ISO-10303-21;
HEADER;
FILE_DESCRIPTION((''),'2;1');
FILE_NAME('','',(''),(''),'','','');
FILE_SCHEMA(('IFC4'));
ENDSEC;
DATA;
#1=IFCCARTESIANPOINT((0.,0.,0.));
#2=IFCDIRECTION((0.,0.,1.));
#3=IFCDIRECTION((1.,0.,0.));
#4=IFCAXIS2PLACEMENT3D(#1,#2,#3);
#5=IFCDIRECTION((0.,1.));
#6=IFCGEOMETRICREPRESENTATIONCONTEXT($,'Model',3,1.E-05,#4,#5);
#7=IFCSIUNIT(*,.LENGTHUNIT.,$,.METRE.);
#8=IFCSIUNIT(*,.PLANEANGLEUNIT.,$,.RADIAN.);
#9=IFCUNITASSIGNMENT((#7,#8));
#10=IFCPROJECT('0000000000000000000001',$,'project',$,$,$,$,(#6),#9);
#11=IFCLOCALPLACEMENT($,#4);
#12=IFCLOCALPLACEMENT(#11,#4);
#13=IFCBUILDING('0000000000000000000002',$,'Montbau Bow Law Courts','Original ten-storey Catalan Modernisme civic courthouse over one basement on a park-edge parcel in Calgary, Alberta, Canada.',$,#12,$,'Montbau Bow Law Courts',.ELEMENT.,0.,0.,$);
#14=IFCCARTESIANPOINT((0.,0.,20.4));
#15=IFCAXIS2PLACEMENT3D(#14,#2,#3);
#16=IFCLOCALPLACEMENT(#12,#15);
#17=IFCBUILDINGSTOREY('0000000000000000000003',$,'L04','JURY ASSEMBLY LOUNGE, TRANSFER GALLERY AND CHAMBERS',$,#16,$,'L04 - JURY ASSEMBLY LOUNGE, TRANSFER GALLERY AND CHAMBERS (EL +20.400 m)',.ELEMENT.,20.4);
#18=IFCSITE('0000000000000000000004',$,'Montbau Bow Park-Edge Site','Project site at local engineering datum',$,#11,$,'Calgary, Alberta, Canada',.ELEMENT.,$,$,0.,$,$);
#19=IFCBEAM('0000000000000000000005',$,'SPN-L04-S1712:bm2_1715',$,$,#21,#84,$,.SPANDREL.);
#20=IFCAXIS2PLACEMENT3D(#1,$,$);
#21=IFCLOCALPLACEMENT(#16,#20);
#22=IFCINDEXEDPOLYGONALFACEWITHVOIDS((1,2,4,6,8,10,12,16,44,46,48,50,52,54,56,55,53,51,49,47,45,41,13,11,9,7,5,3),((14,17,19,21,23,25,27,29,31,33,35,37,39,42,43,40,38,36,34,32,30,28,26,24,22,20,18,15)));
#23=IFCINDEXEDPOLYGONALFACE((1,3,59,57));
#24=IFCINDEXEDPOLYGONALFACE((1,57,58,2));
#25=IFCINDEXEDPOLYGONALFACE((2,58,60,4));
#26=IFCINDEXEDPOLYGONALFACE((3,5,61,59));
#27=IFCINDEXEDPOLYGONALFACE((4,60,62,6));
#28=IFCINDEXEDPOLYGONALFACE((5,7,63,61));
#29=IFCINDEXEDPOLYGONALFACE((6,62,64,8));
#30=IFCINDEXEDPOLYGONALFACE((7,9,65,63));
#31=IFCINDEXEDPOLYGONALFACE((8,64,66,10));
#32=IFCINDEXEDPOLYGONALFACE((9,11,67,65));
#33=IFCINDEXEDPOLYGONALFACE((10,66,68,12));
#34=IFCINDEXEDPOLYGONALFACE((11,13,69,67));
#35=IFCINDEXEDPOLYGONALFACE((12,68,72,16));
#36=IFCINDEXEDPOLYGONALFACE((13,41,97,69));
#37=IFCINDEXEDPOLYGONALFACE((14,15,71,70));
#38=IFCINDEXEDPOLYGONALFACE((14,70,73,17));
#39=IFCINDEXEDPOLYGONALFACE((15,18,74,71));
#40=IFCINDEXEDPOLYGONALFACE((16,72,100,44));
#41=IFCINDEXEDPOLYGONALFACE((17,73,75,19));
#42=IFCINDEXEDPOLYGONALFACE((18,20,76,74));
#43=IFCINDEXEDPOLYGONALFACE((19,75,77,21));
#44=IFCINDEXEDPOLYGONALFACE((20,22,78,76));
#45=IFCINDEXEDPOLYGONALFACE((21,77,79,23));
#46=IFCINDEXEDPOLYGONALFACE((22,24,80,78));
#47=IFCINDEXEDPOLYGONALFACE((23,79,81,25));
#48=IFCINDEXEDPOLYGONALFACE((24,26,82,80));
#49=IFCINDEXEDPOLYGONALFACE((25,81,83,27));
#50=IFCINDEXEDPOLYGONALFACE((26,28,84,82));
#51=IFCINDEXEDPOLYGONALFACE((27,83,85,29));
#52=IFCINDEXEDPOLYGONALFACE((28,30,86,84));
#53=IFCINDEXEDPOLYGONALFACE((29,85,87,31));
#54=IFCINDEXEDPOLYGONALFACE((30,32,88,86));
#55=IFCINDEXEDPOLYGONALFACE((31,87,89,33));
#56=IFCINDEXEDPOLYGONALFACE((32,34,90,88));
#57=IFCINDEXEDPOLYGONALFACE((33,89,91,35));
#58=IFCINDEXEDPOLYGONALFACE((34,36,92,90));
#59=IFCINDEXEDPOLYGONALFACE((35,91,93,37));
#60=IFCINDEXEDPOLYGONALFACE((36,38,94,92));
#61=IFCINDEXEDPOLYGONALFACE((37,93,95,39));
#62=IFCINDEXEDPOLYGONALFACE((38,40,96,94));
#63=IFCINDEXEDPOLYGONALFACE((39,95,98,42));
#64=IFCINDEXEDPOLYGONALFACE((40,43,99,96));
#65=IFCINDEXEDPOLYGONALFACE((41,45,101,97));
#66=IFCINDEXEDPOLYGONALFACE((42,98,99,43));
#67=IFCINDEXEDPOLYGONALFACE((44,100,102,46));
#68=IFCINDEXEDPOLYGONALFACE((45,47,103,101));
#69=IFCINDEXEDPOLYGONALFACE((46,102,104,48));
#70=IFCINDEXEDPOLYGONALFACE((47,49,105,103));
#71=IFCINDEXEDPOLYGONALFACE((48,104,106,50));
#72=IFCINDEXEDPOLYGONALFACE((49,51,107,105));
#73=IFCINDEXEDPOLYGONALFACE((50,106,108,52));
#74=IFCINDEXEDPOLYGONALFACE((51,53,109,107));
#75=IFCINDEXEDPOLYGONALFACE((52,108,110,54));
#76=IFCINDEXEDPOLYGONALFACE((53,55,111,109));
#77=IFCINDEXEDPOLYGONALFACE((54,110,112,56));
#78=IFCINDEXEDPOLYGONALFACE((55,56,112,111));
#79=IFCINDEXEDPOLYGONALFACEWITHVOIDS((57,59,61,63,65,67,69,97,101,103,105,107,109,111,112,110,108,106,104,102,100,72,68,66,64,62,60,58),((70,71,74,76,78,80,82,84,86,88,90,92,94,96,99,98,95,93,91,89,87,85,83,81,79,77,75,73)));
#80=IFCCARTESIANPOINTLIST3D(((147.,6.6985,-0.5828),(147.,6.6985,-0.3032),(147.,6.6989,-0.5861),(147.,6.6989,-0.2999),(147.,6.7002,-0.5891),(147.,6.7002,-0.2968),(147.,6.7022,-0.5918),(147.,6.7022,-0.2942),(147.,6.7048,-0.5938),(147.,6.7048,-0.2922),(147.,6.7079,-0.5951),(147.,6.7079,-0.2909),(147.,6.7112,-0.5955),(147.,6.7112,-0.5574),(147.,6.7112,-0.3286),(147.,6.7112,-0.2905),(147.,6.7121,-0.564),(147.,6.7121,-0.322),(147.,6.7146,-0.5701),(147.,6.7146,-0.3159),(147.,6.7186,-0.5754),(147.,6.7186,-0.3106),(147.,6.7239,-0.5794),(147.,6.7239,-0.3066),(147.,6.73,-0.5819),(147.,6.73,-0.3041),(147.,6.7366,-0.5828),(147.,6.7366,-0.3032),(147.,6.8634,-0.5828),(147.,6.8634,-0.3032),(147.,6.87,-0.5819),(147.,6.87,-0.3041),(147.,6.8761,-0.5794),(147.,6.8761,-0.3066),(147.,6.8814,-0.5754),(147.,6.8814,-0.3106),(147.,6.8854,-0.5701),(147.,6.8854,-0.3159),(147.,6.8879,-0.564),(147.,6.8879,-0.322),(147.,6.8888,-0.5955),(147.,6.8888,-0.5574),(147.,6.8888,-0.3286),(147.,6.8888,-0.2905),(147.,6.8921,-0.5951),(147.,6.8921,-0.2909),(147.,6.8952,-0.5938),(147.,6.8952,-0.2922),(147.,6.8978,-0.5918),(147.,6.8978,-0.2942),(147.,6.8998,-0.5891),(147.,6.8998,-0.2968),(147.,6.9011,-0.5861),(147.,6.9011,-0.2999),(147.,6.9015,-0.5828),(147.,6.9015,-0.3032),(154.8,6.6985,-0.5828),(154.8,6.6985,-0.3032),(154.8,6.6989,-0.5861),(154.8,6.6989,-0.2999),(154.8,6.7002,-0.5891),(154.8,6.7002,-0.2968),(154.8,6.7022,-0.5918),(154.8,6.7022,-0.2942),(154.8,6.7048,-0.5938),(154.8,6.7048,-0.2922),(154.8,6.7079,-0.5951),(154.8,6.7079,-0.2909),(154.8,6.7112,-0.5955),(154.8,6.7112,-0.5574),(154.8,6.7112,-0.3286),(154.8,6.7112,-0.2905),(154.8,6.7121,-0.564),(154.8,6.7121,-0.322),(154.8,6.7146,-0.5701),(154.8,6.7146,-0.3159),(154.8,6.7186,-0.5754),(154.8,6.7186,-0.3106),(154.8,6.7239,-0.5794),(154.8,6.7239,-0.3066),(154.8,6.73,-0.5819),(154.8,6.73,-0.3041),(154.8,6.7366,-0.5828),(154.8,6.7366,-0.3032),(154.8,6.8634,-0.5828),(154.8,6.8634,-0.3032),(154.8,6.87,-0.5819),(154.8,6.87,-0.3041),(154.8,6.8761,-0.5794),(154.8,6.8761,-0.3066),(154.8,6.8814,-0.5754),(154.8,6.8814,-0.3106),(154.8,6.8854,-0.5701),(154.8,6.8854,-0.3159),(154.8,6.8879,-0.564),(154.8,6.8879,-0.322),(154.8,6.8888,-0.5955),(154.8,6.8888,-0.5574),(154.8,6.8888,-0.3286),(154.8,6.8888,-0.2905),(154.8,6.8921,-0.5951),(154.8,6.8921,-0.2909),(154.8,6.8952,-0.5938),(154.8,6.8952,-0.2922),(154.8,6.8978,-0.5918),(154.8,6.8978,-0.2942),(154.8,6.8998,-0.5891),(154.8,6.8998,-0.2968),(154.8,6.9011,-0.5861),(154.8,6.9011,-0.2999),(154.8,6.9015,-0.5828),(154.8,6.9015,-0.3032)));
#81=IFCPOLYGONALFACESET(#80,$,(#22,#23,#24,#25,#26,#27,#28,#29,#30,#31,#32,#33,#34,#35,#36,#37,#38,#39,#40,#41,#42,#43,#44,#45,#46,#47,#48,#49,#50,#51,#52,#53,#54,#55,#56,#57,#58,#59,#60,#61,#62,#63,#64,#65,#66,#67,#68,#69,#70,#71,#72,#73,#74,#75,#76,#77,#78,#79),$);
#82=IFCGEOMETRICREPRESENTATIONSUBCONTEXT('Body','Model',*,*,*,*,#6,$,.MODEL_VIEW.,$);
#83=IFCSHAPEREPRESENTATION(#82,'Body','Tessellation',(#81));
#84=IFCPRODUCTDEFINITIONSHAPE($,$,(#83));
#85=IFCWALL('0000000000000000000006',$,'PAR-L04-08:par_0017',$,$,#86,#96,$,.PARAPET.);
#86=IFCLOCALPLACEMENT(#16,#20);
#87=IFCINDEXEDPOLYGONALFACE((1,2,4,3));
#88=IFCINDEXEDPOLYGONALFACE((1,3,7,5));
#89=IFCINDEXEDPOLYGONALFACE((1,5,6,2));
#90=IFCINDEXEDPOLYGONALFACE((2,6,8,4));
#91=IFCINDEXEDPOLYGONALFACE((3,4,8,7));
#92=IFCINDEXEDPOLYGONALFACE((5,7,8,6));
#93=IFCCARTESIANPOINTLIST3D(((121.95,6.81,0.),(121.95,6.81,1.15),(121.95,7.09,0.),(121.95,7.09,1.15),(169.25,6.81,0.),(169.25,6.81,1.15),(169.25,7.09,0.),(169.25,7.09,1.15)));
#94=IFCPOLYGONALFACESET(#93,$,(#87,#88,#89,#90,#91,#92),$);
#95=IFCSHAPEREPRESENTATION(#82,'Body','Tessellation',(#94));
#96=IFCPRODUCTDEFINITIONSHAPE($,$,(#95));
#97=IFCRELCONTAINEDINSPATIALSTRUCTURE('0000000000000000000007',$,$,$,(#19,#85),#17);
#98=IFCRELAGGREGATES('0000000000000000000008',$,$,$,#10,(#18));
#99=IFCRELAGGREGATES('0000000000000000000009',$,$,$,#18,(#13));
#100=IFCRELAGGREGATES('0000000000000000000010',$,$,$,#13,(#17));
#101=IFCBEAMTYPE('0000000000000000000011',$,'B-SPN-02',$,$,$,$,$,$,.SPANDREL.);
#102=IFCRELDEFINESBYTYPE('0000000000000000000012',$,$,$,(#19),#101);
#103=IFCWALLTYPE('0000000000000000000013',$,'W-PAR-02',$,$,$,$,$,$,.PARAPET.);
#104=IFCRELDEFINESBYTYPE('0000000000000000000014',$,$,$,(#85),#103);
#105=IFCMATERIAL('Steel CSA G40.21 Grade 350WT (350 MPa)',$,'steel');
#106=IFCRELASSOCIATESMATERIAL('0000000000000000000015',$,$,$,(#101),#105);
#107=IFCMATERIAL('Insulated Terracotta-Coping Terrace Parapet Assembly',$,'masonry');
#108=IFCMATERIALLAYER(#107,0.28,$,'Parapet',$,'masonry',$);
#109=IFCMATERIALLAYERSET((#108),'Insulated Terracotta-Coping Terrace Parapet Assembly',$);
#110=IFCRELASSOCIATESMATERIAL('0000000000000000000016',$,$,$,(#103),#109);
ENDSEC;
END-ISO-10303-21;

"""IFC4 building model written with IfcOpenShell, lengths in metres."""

from ifc_helpers import new_model, si_unit, direction, frame, frame_2d, origin_with_axes, origin_2d_with_axis, place, context, subcontext, project, spatial, rectangle, hollow_rectangle, extrude, material, layer, layer_set, material_profile, profile_set, type_object, element, save


model = new_model("IFC4")

# Units and contexts
model_context = context("Model", 3, precision=1e-05, world=origin_with_axes(), true_north=direction((0.0, 1.0)))
body_context = subcontext(model_context, "Body", "Model", "MODEL_VIEW")
ifc_project = project(units=[si_unit("LENGTHUNIT", "METRE"), si_unit("PLANEANGLEUNIT", "RADIAN")], contexts=[model_context])

# Site, building, storey
site_placement = place(None, origin_with_axes())
site = spatial("IfcSite", under=ifc_project, at=site_placement, Name="Montbau Bow Park-Edge Site", Description="Project site at local engineering datum", LongName="Calgary, Alberta, Canada", CompositionType="ELEMENT", RefElevation=0.0)
building_placement = place(site_placement, origin_with_axes())
building = spatial("IfcBuilding", under=site, at=building_placement, Name="Montbau Bow Law Courts", Description="Original ten-storey Catalan Modernisme civic courthouse over one basement on a park-edge parcel in Calgary, Alberta, Canada.", LongName="Montbau Bow Law Courts", CompositionType="ELEMENT", ElevationOfRefHeight=0.0, ElevationOfTerrain=0.0)
storey_placement = place(building_placement, frame((0.0, 0.0, 20.4), z_axis=(0.0, 0.0, 1.0), x_axis=(1.0, 0.0, 0.0)))
storey = spatial("IfcBuildingStorey", under=building, at=storey_placement, Name="L04", Description="JURY ASSEMBLY LOUNGE, TRANSFER GALLERY AND CHAMBERS", LongName="L04 - JURY ASSEMBLY LOUNGE, TRANSFER GALLERY AND CHAMBERS (EL +20.400 m)", CompositionType="ELEMENT", Elevation=20.4)

# Beam
ifc_material_1 = material(Name="Steel CSA G40.21 Grade 350WT (350 MPa)", Category="steel")
ifc_material_profile_1 = material_profile(ifc_material_1, hollow_rectangle(XDim=0.203, YDim=0.305, WallThickness=0.0127, InnerFilletRadius=0.0254, OuterFilletRadius=0.0127, at=origin_2d_with_axis()), Name="HSS305X203X13", Category="Main", Priority=0)
ifc_profile_set_1 = profile_set([ifc_material_profile_1], Name="Steel CSA G40.21 Grade 350WT (350 MPa)")
beam_type_1 = type_object("IfcBeamType", Name="B-SPN-02", PredefinedType="SPANDREL", material=ifc_profile_set_1)
beam_1_placement = place(None, frame((147.0, 6.8, 19.957), z_axis=(1.0, 0.0, 0.0), x_axis=(0.0, 1.0, 0.0)))
element("IfcBeam", 1, at=beam_1_placement, inside=storey, type_object=beam_type_1, Name="SPN-L04-S1712:bm2_1715", PredefinedType="SPANDREL", context=body_context, shape_type="SweptSolid", body=[
    extrude(hollow_rectangle(XDim=0.203, YDim=0.305, WallThickness=0.0127, InnerFilletRadius=0.0254, OuterFilletRadius=0.0127, at=origin_2d_with_axis()), origin_with_axes(), (0.0, 0.0, 1.0), 7.8),
])

# Wall
ifc_material_2 = material(Name="Insulated Terracotta-Coping Terrace Parapet Assembly", Category="masonry")
ifc_layer = layer(ifc_material_2, 0.28, Name="Parapet", Category="masonry")
ifc_layer_set = layer_set([ifc_layer], Name="Insulated Terracotta-Coping Terrace Parapet Assembly")
wall_type = type_object("IfcWallType", Name="W-PAR-02", PredefinedType="PARAPET", material=ifc_layer_set)
wall_placement = place(None, frame((121.95, 6.95, 20.4), z_axis=(0.0, 0.0, 1.0), x_axis=(1.0, 0.0, 0.0)))
element("IfcWall", 2, at=wall_placement, inside=storey, type_object=wall_type, Name="PAR-L04-08:par_0017", PredefinedType="PARAPET", context=body_context, shape_type="SweptSolid", body=[
    extrude(rectangle(XDim=47.3, YDim=0.28, at=frame_2d((23.65, 0.0), x_axis=(1.0, 0.0))), origin_with_axes(), (0.0, 0.0, 1.0), 1.15),
])

save(model, "model.ifc")
